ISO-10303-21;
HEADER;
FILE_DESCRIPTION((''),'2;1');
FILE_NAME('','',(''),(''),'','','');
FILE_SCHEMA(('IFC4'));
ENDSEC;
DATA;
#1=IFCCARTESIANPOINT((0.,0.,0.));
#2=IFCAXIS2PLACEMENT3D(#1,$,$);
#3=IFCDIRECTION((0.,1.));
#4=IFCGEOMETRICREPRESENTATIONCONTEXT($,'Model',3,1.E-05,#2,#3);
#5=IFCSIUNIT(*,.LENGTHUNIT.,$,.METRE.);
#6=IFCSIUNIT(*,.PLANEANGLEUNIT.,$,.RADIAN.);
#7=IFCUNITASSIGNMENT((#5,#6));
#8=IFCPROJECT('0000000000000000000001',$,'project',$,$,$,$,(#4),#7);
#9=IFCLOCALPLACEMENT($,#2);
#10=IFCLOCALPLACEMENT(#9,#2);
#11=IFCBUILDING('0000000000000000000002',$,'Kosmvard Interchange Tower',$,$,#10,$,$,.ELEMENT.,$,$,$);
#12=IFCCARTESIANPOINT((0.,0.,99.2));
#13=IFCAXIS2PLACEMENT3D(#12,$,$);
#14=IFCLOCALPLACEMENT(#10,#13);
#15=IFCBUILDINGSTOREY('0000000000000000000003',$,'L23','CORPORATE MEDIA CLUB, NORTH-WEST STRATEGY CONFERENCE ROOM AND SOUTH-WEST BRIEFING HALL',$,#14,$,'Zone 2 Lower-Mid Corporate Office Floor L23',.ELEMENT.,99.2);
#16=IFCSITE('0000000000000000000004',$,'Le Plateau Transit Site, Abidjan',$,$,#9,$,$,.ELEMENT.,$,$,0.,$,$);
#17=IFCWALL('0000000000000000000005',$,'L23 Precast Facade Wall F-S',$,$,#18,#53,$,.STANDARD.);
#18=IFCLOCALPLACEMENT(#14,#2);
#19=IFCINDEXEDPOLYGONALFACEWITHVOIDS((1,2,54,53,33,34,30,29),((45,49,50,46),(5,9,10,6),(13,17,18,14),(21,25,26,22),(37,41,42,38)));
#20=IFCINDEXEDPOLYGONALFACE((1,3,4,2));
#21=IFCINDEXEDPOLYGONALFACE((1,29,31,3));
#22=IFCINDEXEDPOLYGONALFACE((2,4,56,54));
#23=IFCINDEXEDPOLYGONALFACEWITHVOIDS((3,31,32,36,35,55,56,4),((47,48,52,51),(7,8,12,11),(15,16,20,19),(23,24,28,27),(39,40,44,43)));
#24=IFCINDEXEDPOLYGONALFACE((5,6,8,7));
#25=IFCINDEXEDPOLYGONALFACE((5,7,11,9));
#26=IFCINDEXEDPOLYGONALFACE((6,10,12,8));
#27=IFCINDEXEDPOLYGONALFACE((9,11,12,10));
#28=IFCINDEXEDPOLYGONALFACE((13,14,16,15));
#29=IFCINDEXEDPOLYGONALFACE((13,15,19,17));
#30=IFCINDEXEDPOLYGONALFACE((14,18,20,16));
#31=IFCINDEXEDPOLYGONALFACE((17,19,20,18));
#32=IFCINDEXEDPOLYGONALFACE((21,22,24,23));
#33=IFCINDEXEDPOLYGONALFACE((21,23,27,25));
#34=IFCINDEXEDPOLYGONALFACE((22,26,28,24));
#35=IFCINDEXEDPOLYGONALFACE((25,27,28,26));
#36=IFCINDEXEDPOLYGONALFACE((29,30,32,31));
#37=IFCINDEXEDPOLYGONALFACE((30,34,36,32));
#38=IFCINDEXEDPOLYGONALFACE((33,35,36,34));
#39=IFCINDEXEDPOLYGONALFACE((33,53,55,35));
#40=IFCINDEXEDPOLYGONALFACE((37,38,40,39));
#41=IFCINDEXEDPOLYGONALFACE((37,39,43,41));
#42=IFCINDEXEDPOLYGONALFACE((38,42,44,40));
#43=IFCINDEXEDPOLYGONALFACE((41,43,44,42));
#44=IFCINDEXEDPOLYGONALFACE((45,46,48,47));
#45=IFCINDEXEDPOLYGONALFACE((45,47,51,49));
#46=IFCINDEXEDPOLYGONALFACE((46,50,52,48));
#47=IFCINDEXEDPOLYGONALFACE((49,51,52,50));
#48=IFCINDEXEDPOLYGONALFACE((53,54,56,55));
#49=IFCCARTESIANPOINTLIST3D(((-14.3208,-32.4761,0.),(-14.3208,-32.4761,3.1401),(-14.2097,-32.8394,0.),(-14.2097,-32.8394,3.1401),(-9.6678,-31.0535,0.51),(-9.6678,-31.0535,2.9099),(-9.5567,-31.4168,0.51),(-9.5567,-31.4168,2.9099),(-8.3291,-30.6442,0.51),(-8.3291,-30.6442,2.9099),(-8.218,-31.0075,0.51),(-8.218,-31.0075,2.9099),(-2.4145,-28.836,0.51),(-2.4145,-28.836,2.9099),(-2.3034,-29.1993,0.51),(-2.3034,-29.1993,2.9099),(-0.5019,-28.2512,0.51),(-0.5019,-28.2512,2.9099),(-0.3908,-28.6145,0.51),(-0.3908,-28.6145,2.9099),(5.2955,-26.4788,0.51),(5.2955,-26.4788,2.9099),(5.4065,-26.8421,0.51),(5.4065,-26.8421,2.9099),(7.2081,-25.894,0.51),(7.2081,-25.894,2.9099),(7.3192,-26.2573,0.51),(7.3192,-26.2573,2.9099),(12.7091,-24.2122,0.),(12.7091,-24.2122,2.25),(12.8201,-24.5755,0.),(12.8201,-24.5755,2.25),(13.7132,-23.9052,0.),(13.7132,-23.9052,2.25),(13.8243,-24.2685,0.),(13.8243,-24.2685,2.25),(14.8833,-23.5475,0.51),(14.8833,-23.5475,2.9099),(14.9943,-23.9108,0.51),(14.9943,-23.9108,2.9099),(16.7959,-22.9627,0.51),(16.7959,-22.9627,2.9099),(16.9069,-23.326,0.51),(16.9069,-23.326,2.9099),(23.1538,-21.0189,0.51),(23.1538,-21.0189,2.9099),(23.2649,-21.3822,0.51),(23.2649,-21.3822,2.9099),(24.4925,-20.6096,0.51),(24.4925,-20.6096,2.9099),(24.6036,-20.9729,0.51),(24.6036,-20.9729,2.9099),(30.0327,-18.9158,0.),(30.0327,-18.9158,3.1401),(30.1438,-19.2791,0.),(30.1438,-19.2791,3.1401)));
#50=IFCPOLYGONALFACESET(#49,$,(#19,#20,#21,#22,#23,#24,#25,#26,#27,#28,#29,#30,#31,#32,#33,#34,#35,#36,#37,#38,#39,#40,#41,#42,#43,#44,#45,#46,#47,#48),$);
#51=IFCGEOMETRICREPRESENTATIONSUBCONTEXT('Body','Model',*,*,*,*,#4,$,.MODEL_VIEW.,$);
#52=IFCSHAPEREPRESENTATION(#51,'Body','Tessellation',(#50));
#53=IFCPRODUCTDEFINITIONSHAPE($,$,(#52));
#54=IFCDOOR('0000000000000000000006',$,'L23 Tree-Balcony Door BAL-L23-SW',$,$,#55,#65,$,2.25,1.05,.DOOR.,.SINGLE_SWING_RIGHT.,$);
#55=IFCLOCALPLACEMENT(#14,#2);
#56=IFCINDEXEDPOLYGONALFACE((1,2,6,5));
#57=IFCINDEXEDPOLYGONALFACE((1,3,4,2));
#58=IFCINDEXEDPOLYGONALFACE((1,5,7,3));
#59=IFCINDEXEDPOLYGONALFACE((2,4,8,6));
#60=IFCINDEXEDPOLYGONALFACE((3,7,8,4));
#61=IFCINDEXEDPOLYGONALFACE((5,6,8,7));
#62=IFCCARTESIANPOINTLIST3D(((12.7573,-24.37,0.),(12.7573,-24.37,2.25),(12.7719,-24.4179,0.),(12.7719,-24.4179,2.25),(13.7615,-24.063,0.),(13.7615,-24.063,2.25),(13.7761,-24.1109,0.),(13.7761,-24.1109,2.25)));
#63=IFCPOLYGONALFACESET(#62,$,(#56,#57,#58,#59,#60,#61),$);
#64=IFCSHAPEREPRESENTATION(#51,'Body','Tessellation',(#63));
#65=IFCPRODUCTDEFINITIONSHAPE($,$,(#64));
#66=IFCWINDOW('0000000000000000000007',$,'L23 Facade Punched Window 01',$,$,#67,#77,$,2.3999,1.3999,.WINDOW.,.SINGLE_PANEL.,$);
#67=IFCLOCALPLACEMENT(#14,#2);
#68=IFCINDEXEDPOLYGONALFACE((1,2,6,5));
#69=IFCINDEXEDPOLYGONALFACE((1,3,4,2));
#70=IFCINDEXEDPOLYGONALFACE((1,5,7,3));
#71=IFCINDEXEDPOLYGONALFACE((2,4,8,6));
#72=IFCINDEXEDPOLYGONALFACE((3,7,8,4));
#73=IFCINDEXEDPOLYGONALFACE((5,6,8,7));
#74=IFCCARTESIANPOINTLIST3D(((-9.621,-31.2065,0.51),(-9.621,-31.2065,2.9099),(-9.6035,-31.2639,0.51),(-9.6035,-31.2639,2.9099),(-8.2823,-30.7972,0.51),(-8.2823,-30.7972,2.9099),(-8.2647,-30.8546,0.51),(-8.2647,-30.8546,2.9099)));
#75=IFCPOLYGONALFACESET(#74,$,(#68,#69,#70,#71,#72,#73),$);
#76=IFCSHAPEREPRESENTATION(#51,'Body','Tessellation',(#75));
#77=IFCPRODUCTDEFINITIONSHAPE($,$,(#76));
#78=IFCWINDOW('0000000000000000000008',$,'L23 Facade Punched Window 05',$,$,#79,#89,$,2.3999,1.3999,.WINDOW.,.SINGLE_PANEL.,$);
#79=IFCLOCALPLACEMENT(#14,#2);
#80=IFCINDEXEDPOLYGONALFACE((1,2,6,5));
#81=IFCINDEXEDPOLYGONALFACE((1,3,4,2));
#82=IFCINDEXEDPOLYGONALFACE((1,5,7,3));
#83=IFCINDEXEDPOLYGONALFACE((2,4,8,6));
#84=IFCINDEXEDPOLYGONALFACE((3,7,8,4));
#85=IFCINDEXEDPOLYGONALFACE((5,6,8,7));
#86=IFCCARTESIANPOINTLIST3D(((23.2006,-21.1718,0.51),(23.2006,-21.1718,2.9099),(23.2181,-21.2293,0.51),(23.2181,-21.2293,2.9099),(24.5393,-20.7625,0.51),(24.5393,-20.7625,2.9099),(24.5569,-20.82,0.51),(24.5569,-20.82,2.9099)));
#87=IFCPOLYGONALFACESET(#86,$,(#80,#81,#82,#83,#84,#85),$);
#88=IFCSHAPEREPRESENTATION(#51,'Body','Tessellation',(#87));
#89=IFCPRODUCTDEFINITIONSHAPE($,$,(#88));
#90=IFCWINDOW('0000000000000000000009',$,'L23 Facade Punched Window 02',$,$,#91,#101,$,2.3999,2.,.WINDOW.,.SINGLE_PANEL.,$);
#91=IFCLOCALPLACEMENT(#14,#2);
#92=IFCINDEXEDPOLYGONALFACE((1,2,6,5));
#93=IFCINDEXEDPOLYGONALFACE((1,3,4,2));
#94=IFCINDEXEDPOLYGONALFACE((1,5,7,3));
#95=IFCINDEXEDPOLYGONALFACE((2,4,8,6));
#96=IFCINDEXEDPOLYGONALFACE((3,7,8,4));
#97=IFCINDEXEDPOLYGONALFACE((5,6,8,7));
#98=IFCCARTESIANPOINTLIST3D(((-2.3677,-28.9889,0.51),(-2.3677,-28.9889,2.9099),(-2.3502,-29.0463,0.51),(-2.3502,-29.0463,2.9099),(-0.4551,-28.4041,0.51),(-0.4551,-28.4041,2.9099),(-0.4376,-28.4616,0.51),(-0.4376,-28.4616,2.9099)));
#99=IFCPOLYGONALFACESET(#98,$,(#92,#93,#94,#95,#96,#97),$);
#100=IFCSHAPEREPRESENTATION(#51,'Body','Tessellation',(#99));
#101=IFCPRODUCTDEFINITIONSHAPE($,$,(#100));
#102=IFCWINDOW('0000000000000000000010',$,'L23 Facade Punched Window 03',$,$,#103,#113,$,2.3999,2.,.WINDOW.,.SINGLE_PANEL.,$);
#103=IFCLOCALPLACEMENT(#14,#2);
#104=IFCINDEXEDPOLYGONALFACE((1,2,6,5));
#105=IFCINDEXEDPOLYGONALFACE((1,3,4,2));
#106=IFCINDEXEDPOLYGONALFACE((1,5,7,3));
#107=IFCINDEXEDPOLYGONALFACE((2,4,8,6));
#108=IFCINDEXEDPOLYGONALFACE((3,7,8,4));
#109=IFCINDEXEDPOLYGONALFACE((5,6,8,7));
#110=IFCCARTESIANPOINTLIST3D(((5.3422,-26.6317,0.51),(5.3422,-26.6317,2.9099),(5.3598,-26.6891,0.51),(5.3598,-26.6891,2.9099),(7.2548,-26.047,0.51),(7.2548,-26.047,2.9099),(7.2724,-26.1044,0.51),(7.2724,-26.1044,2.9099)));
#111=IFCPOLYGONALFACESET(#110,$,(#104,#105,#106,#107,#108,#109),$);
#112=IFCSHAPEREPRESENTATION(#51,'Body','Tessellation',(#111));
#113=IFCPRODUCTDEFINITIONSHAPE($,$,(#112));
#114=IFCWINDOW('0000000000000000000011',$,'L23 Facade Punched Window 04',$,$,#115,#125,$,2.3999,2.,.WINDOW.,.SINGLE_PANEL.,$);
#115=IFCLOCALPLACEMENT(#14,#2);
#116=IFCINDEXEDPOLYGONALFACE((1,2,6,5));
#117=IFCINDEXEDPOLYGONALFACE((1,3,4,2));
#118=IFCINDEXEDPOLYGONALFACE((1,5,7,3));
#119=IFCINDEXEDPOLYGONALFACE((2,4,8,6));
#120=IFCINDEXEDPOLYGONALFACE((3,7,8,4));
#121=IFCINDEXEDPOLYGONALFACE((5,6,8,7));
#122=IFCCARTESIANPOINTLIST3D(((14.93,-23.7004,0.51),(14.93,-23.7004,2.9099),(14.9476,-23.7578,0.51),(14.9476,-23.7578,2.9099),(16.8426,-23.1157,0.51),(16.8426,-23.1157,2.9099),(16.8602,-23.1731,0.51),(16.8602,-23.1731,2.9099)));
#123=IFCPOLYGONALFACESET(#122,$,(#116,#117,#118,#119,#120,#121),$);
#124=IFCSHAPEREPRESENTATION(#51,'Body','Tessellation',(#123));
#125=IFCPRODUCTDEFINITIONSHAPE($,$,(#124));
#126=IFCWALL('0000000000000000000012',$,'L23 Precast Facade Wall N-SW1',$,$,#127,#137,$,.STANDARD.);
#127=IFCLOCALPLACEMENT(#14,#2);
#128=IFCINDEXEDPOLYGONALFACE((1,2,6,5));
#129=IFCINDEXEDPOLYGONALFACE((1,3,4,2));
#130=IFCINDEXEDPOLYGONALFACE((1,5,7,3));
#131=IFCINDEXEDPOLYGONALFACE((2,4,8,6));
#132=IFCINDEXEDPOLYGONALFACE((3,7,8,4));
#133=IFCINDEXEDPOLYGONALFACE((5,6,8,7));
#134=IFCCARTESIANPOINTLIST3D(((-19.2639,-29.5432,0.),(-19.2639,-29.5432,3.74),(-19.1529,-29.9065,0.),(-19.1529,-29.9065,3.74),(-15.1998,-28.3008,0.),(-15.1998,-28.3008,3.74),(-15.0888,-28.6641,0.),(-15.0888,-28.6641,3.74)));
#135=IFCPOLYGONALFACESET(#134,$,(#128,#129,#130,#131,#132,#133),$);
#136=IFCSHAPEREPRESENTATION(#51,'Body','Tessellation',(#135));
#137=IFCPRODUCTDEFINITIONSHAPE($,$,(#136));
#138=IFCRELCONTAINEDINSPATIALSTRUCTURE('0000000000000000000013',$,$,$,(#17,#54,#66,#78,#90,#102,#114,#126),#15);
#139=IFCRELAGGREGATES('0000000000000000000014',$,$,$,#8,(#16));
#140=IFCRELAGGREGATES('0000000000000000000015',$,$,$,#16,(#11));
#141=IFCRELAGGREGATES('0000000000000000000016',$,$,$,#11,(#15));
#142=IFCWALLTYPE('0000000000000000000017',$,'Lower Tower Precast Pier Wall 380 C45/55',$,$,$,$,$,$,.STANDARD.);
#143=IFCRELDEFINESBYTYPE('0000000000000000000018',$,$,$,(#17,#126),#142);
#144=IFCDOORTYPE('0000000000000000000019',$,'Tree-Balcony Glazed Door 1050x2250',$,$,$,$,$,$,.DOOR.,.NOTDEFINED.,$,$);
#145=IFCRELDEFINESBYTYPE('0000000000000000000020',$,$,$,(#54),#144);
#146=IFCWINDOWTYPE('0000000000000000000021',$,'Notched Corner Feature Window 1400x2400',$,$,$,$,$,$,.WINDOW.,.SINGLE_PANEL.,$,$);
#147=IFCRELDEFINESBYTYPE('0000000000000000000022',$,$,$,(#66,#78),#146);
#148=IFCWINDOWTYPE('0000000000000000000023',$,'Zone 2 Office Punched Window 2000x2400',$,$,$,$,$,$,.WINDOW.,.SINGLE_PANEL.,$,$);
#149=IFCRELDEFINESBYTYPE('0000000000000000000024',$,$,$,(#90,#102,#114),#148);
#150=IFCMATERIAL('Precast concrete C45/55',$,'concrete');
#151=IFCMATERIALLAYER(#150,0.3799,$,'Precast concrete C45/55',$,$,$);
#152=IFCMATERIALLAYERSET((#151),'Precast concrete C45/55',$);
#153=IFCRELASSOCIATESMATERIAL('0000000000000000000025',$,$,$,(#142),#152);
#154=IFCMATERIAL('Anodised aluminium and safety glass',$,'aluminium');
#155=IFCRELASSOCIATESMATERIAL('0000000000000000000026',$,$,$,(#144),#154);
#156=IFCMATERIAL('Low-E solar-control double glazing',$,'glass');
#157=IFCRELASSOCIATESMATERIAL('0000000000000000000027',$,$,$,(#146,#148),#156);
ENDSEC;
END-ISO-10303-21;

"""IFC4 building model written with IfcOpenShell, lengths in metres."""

from ifc_helpers import new_model, si_unit, direction, frame, frame_2d, origin, place, context, subcontext, project, spatial, rectangle, extrude, source, transform, mapped, material, layer, layer_set, type_object, element, fill, save


model = new_model("IFC4")

# Units and contexts
model_context = context("Model", 3, precision=1e-05, world=origin(), true_north=direction((0.0, 1.0)))
body_context = subcontext(model_context, "Body", "Model", "MODEL_VIEW")
ifc_project = project(units=[si_unit("LENGTHUNIT", "METRE"), si_unit("PLANEANGLEUNIT", "RADIAN")], contexts=[model_context])

# Site, building, storey
site_placement = place(None, origin())
site = spatial("IfcSite", under=ifc_project, at=site_placement, Name="Le Plateau Transit Site, Abidjan", CompositionType="ELEMENT", RefElevation=0.0)
building_placement = place(site_placement, origin())
building = spatial("IfcBuilding", under=site, at=building_placement, Name="Kosmvard Interchange Tower", CompositionType="ELEMENT")
storey_placement = place(building_placement, frame((0.0, 0.0, 99.2)))
storey = spatial("IfcBuildingStorey", under=building, at=storey_placement, Name="L23", Description="CORPORATE MEDIA CLUB, NORTH-WEST STRATEGY CONFERENCE ROOM AND SOUTH-WEST BRIEFING HALL", LongName="Zone 2 Lower-Mid Corporate Office Floor L23", CompositionType="ELEMENT", Elevation=99.2)

# Shared definitions
ifc_material_1 = material(Name="Precast concrete C45/55", Category="concrete")

# Wall, openings, door, windows
ifc_layer_1 = layer(ifc_material_1, 0.3799, Name="Precast concrete C45/55")
ifc_layer_set_1 = layer_set([ifc_layer_1], Name="Precast concrete C45/55")
wall_type_1 = type_object("IfcWallType", Name="Lower Tower Precast Pier Wall 380 C45/55", PredefinedType="STANDARD", material=ifc_layer_set_1)
wall_1_placement = place(storey_placement, frame((-14.2651, -32.6577, 0.0), z_axis=(0.0, 0.0, 1.0), x_axis=(0.956304, 0.292373, 0.0)))
wall_1 = element("IfcWall", 1, at=wall_1_placement, inside=storey, type_object=wall_type_1, Name="L23 Precast Facade Wall F-S", PredefinedType="STANDARD", context=body_context, shape_type="SweptSolid", body=[
    extrude(rectangle(XDim=46.3801, YDim=0.3799, at=frame_2d((23.1899, 0.0))), origin(), (0.0, 0.0, 1.0), 3.1401),
])
opening_1_placement = place(wall_1_placement, frame((28.2649, 0.0, 0.0)))
opening_1 = element("IfcOpeningElement", 2, at=opening_1_placement, cuts=wall_1, PredefinedType="OPENING", context=body_context, shape_type="SweptSolid", body=[
    extrude(rectangle(XDim=1.05, YDim=2.25, at=frame_2d((0.5249, 1.125))), frame((0.0, 0.2, 0.0), z_axis=(0.0, -1.0, 0.0), x_axis=(1.0, 0.0, 0.0)), (0.0, 0.0, 1.0), 0.3999),
])
opening_2_placement = place(wall_1_placement, frame((4.8655, 0.0, 0.51)))
opening_2 = element("IfcOpeningElement", 3, at=opening_2_placement, cuts=wall_1, PredefinedType="OPENING", context=body_context, shape_type="SweptSolid", body=[
    extrude(rectangle(XDim=1.3999, YDim=2.3999, at=frame_2d((0.7, 1.2))), frame((0.0, 0.2, 0.0), z_axis=(0.0, -1.0, 0.0), x_axis=(1.0, 0.0, 0.0)), (0.0, 0.0, 1.0), 0.3999),
])
opening_3_placement = place(wall_1_placement, frame((12.4502, 0.0, 0.51)))
opening_3 = element("IfcOpeningElement", 4, at=opening_3_placement, cuts=wall_1, PredefinedType="OPENING", context=body_context, shape_type="SweptSolid", body=[
    extrude(rectangle(XDim=2.0, YDim=2.3999, at=frame_2d((1.0, 1.2))), frame((0.0, 0.2, 0.0), z_axis=(0.0, -1.0, 0.0), x_axis=(1.0, 0.0, 0.0)), (0.0, 0.0, 1.0), 0.3999),
])
opening_4_placement = place(wall_1_placement, frame((20.5125, 0.0, 0.51)))
opening_4 = element("IfcOpeningElement", 5, at=opening_4_placement, cuts=wall_1, PredefinedType="OPENING", context=body_context, shape_type="SweptSolid", body=[
    extrude(rectangle(XDim=2.0, YDim=2.3999, at=frame_2d((1.0, 1.2))), frame((0.0, 0.2, 0.0), z_axis=(0.0, -1.0, 0.0), x_axis=(1.0, 0.0, 0.0)), (0.0, 0.0, 1.0), 0.3999),
])
opening_5_placement = place(wall_1_placement, frame((30.5383, 0.0, 0.51)))
opening_5 = element("IfcOpeningElement", 6, at=opening_5_placement, cuts=wall_1, PredefinedType="OPENING", context=body_context, shape_type="SweptSolid", body=[
    extrude(rectangle(XDim=2.0, YDim=2.3999, at=frame_2d((1.0, 1.2))), frame((0.0, 0.2, 0.0), z_axis=(0.0, -1.0, 0.0), x_axis=(1.0, 0.0, 0.0)), (0.0, 0.0, 1.0), 0.3999),
])
opening_6_placement = place(wall_1_placement, frame((39.1868, 0.0, 0.51)))
opening_6 = element("IfcOpeningElement", 7, at=opening_6_placement, cuts=wall_1, PredefinedType="OPENING", context=body_context, shape_type="SweptSolid", body=[
    extrude(rectangle(XDim=1.3999, YDim=2.3999, at=frame_2d((0.7, 1.2))), frame((0.0, 0.2, 0.0), z_axis=(0.0, -1.0, 0.0), x_axis=(1.0, 0.0, 0.0)), (0.0, 0.0, 1.0), 0.3999),
])
ifc_material_2 = material(Name="Anodised aluminium and safety glass", Category="aluminium")
door_type_1 = type_object("IfcDoorType", Name="Tree-Balcony Glazed Door 1050x2250", OperationType="NOTDEFINED", PredefinedType="DOOR", material=ifc_material_2)
shared_shape_1 = source(origin(), body_context, "Body", "SweptSolid", [
    extrude(rectangle(XDim=1.05, YDim=2.25, at=frame_2d((0.5249, 1.125))), frame((0.0, 0.0249, 0.0), z_axis=(0.0, -1.0, 0.0), x_axis=(1.0, 0.0, 0.0)), (0.0, 0.0, 1.0), 0.05),
])
door_1_placement = place(opening_1_placement, origin())
door_1 = element("IfcDoor", 8, at=door_1_placement, inside=storey, type_object=door_type_1, Name="L23 Tree-Balcony Door BAL-L23-SW", OperationType="SINGLE_SWING_RIGHT", OverallHeight=2.25, OverallWidth=1.05, PredefinedType="DOOR", context=body_context, shape_type="MappedRepresentation", body=[
    mapped(shared_shape_1, transform((0.0, 0.0, 0.0), scale=1.0)),
])
fill(opening_1, door_1)
ifc_material_3 = material(Name="Low-E solar-control double glazing", Category="glass")
window_type_1 = type_object("IfcWindowType", Name="Notched Corner Feature Window 1400x2400", PartitioningType="SINGLE_PANEL", PredefinedType="WINDOW", material=ifc_material_3)
shared_shape_2 = source(origin(), body_context, "Body", "SweptSolid", [
    extrude(rectangle(XDim=1.3999, YDim=2.3999, at=frame_2d((0.7, 1.2))), frame((0.0, 0.03, 0.0), z_axis=(0.0, -1.0, 0.0), x_axis=(1.0, 0.0, 0.0)), (0.0, 0.0, 1.0), 0.0601),
])
window_1_placement = place(opening_2_placement, origin())
window_1 = element("IfcWindow", 9, at=window_1_placement, inside=storey, type_object=window_type_1, Name="L23 Facade Punched Window 01", OverallHeight=2.3999, OverallWidth=1.3999, PartitioningType="SINGLE_PANEL", PredefinedType="WINDOW", context=body_context, shape_type="MappedRepresentation", body=[
    mapped(shared_shape_2, transform((0.0, 0.0, 0.0), scale=1.0)),
])
fill(opening_2, window_1)
window_2_placement = place(opening_6_placement, origin())
window_2 = element("IfcWindow", 10, at=window_2_placement, inside=storey, type_object=window_type_1, Name="L23 Facade Punched Window 05", OverallHeight=2.3999, OverallWidth=1.3999, PartitioningType="SINGLE_PANEL", PredefinedType="WINDOW", context=body_context, shape_type="MappedRepresentation", body=[
    mapped(shared_shape_2, transform((0.0, 0.0, 0.0), scale=1.0)),
])
fill(opening_6, window_2)
window_type_2 = type_object("IfcWindowType", Name="Zone 2 Office Punched Window 2000x2400", PartitioningType="SINGLE_PANEL", PredefinedType="WINDOW", material=ifc_material_3)
shared_shape_3 = source(origin(), body_context, "Body", "SweptSolid", [
    extrude(rectangle(XDim=2.0, YDim=2.3999, at=frame_2d((1.0, 1.2))), frame((0.0, 0.03, 0.0), z_axis=(0.0, -1.0, 0.0), x_axis=(1.0, 0.0, 0.0)), (0.0, 0.0, 1.0), 0.0601),
])
window_3_placement = place(opening_3_placement, origin())
window_3 = element("IfcWindow", 11, at=window_3_placement, inside=storey, type_object=window_type_2, Name="L23 Facade Punched Window 02", OverallHeight=2.3999, OverallWidth=2.0, PartitioningType="SINGLE_PANEL", PredefinedType="WINDOW", context=body_context, shape_type="MappedRepresentation", body=[
    mapped(shared_shape_3, transform((0.0, 0.0, 0.0), scale=1.0)),
])
fill(opening_3, window_3)
window_4_placement = place(opening_4_placement, origin())
window_4 = element("IfcWindow", 12, at=window_4_placement, inside=storey, type_object=window_type_2, Name="L23 Facade Punched Window 03", OverallHeight=2.3999, OverallWidth=2.0, PartitioningType="SINGLE_PANEL", PredefinedType="WINDOW", context=body_context, shape_type="MappedRepresentation", body=[
    mapped(shared_shape_3, transform((0.0, 0.0, 0.0), scale=1.0)),
])
fill(opening_4, window_4)
window_5_placement = place(opening_5_placement, origin())
window_5 = element("IfcWindow", 13, at=window_5_placement, inside=storey, type_object=window_type_2, Name="L23 Facade Punched Window 04", OverallHeight=2.3999, OverallWidth=2.0, PartitioningType="SINGLE_PANEL", PredefinedType="WINDOW", context=body_context, shape_type="MappedRepresentation", body=[
    mapped(shared_shape_3, transform((0.0, 0.0, 0.0), scale=1.0)),
])
fill(opening_5, window_5)

# Wall
wall_2_placement = place(storey_placement, frame((-19.2085, -29.7249, 0.0), z_axis=(0.0, 0.0, 1.0), x_axis=(0.956313, 0.292346, 0.0)))
element("IfcWall", 14, at=wall_2_placement, inside=storey, type_object=wall_type_1, Name="L23 Precast Facade Wall N-SW1", PredefinedType="STANDARD", context=body_context, shape_type="SweptSolid", body=[
    extrude(rectangle(XDim=4.2498, YDim=0.3799, at=frame_2d((2.125, 0.0))), origin(), (0.0, 0.0, 1.0), 3.74),
])

save(model, "model.ifc")
